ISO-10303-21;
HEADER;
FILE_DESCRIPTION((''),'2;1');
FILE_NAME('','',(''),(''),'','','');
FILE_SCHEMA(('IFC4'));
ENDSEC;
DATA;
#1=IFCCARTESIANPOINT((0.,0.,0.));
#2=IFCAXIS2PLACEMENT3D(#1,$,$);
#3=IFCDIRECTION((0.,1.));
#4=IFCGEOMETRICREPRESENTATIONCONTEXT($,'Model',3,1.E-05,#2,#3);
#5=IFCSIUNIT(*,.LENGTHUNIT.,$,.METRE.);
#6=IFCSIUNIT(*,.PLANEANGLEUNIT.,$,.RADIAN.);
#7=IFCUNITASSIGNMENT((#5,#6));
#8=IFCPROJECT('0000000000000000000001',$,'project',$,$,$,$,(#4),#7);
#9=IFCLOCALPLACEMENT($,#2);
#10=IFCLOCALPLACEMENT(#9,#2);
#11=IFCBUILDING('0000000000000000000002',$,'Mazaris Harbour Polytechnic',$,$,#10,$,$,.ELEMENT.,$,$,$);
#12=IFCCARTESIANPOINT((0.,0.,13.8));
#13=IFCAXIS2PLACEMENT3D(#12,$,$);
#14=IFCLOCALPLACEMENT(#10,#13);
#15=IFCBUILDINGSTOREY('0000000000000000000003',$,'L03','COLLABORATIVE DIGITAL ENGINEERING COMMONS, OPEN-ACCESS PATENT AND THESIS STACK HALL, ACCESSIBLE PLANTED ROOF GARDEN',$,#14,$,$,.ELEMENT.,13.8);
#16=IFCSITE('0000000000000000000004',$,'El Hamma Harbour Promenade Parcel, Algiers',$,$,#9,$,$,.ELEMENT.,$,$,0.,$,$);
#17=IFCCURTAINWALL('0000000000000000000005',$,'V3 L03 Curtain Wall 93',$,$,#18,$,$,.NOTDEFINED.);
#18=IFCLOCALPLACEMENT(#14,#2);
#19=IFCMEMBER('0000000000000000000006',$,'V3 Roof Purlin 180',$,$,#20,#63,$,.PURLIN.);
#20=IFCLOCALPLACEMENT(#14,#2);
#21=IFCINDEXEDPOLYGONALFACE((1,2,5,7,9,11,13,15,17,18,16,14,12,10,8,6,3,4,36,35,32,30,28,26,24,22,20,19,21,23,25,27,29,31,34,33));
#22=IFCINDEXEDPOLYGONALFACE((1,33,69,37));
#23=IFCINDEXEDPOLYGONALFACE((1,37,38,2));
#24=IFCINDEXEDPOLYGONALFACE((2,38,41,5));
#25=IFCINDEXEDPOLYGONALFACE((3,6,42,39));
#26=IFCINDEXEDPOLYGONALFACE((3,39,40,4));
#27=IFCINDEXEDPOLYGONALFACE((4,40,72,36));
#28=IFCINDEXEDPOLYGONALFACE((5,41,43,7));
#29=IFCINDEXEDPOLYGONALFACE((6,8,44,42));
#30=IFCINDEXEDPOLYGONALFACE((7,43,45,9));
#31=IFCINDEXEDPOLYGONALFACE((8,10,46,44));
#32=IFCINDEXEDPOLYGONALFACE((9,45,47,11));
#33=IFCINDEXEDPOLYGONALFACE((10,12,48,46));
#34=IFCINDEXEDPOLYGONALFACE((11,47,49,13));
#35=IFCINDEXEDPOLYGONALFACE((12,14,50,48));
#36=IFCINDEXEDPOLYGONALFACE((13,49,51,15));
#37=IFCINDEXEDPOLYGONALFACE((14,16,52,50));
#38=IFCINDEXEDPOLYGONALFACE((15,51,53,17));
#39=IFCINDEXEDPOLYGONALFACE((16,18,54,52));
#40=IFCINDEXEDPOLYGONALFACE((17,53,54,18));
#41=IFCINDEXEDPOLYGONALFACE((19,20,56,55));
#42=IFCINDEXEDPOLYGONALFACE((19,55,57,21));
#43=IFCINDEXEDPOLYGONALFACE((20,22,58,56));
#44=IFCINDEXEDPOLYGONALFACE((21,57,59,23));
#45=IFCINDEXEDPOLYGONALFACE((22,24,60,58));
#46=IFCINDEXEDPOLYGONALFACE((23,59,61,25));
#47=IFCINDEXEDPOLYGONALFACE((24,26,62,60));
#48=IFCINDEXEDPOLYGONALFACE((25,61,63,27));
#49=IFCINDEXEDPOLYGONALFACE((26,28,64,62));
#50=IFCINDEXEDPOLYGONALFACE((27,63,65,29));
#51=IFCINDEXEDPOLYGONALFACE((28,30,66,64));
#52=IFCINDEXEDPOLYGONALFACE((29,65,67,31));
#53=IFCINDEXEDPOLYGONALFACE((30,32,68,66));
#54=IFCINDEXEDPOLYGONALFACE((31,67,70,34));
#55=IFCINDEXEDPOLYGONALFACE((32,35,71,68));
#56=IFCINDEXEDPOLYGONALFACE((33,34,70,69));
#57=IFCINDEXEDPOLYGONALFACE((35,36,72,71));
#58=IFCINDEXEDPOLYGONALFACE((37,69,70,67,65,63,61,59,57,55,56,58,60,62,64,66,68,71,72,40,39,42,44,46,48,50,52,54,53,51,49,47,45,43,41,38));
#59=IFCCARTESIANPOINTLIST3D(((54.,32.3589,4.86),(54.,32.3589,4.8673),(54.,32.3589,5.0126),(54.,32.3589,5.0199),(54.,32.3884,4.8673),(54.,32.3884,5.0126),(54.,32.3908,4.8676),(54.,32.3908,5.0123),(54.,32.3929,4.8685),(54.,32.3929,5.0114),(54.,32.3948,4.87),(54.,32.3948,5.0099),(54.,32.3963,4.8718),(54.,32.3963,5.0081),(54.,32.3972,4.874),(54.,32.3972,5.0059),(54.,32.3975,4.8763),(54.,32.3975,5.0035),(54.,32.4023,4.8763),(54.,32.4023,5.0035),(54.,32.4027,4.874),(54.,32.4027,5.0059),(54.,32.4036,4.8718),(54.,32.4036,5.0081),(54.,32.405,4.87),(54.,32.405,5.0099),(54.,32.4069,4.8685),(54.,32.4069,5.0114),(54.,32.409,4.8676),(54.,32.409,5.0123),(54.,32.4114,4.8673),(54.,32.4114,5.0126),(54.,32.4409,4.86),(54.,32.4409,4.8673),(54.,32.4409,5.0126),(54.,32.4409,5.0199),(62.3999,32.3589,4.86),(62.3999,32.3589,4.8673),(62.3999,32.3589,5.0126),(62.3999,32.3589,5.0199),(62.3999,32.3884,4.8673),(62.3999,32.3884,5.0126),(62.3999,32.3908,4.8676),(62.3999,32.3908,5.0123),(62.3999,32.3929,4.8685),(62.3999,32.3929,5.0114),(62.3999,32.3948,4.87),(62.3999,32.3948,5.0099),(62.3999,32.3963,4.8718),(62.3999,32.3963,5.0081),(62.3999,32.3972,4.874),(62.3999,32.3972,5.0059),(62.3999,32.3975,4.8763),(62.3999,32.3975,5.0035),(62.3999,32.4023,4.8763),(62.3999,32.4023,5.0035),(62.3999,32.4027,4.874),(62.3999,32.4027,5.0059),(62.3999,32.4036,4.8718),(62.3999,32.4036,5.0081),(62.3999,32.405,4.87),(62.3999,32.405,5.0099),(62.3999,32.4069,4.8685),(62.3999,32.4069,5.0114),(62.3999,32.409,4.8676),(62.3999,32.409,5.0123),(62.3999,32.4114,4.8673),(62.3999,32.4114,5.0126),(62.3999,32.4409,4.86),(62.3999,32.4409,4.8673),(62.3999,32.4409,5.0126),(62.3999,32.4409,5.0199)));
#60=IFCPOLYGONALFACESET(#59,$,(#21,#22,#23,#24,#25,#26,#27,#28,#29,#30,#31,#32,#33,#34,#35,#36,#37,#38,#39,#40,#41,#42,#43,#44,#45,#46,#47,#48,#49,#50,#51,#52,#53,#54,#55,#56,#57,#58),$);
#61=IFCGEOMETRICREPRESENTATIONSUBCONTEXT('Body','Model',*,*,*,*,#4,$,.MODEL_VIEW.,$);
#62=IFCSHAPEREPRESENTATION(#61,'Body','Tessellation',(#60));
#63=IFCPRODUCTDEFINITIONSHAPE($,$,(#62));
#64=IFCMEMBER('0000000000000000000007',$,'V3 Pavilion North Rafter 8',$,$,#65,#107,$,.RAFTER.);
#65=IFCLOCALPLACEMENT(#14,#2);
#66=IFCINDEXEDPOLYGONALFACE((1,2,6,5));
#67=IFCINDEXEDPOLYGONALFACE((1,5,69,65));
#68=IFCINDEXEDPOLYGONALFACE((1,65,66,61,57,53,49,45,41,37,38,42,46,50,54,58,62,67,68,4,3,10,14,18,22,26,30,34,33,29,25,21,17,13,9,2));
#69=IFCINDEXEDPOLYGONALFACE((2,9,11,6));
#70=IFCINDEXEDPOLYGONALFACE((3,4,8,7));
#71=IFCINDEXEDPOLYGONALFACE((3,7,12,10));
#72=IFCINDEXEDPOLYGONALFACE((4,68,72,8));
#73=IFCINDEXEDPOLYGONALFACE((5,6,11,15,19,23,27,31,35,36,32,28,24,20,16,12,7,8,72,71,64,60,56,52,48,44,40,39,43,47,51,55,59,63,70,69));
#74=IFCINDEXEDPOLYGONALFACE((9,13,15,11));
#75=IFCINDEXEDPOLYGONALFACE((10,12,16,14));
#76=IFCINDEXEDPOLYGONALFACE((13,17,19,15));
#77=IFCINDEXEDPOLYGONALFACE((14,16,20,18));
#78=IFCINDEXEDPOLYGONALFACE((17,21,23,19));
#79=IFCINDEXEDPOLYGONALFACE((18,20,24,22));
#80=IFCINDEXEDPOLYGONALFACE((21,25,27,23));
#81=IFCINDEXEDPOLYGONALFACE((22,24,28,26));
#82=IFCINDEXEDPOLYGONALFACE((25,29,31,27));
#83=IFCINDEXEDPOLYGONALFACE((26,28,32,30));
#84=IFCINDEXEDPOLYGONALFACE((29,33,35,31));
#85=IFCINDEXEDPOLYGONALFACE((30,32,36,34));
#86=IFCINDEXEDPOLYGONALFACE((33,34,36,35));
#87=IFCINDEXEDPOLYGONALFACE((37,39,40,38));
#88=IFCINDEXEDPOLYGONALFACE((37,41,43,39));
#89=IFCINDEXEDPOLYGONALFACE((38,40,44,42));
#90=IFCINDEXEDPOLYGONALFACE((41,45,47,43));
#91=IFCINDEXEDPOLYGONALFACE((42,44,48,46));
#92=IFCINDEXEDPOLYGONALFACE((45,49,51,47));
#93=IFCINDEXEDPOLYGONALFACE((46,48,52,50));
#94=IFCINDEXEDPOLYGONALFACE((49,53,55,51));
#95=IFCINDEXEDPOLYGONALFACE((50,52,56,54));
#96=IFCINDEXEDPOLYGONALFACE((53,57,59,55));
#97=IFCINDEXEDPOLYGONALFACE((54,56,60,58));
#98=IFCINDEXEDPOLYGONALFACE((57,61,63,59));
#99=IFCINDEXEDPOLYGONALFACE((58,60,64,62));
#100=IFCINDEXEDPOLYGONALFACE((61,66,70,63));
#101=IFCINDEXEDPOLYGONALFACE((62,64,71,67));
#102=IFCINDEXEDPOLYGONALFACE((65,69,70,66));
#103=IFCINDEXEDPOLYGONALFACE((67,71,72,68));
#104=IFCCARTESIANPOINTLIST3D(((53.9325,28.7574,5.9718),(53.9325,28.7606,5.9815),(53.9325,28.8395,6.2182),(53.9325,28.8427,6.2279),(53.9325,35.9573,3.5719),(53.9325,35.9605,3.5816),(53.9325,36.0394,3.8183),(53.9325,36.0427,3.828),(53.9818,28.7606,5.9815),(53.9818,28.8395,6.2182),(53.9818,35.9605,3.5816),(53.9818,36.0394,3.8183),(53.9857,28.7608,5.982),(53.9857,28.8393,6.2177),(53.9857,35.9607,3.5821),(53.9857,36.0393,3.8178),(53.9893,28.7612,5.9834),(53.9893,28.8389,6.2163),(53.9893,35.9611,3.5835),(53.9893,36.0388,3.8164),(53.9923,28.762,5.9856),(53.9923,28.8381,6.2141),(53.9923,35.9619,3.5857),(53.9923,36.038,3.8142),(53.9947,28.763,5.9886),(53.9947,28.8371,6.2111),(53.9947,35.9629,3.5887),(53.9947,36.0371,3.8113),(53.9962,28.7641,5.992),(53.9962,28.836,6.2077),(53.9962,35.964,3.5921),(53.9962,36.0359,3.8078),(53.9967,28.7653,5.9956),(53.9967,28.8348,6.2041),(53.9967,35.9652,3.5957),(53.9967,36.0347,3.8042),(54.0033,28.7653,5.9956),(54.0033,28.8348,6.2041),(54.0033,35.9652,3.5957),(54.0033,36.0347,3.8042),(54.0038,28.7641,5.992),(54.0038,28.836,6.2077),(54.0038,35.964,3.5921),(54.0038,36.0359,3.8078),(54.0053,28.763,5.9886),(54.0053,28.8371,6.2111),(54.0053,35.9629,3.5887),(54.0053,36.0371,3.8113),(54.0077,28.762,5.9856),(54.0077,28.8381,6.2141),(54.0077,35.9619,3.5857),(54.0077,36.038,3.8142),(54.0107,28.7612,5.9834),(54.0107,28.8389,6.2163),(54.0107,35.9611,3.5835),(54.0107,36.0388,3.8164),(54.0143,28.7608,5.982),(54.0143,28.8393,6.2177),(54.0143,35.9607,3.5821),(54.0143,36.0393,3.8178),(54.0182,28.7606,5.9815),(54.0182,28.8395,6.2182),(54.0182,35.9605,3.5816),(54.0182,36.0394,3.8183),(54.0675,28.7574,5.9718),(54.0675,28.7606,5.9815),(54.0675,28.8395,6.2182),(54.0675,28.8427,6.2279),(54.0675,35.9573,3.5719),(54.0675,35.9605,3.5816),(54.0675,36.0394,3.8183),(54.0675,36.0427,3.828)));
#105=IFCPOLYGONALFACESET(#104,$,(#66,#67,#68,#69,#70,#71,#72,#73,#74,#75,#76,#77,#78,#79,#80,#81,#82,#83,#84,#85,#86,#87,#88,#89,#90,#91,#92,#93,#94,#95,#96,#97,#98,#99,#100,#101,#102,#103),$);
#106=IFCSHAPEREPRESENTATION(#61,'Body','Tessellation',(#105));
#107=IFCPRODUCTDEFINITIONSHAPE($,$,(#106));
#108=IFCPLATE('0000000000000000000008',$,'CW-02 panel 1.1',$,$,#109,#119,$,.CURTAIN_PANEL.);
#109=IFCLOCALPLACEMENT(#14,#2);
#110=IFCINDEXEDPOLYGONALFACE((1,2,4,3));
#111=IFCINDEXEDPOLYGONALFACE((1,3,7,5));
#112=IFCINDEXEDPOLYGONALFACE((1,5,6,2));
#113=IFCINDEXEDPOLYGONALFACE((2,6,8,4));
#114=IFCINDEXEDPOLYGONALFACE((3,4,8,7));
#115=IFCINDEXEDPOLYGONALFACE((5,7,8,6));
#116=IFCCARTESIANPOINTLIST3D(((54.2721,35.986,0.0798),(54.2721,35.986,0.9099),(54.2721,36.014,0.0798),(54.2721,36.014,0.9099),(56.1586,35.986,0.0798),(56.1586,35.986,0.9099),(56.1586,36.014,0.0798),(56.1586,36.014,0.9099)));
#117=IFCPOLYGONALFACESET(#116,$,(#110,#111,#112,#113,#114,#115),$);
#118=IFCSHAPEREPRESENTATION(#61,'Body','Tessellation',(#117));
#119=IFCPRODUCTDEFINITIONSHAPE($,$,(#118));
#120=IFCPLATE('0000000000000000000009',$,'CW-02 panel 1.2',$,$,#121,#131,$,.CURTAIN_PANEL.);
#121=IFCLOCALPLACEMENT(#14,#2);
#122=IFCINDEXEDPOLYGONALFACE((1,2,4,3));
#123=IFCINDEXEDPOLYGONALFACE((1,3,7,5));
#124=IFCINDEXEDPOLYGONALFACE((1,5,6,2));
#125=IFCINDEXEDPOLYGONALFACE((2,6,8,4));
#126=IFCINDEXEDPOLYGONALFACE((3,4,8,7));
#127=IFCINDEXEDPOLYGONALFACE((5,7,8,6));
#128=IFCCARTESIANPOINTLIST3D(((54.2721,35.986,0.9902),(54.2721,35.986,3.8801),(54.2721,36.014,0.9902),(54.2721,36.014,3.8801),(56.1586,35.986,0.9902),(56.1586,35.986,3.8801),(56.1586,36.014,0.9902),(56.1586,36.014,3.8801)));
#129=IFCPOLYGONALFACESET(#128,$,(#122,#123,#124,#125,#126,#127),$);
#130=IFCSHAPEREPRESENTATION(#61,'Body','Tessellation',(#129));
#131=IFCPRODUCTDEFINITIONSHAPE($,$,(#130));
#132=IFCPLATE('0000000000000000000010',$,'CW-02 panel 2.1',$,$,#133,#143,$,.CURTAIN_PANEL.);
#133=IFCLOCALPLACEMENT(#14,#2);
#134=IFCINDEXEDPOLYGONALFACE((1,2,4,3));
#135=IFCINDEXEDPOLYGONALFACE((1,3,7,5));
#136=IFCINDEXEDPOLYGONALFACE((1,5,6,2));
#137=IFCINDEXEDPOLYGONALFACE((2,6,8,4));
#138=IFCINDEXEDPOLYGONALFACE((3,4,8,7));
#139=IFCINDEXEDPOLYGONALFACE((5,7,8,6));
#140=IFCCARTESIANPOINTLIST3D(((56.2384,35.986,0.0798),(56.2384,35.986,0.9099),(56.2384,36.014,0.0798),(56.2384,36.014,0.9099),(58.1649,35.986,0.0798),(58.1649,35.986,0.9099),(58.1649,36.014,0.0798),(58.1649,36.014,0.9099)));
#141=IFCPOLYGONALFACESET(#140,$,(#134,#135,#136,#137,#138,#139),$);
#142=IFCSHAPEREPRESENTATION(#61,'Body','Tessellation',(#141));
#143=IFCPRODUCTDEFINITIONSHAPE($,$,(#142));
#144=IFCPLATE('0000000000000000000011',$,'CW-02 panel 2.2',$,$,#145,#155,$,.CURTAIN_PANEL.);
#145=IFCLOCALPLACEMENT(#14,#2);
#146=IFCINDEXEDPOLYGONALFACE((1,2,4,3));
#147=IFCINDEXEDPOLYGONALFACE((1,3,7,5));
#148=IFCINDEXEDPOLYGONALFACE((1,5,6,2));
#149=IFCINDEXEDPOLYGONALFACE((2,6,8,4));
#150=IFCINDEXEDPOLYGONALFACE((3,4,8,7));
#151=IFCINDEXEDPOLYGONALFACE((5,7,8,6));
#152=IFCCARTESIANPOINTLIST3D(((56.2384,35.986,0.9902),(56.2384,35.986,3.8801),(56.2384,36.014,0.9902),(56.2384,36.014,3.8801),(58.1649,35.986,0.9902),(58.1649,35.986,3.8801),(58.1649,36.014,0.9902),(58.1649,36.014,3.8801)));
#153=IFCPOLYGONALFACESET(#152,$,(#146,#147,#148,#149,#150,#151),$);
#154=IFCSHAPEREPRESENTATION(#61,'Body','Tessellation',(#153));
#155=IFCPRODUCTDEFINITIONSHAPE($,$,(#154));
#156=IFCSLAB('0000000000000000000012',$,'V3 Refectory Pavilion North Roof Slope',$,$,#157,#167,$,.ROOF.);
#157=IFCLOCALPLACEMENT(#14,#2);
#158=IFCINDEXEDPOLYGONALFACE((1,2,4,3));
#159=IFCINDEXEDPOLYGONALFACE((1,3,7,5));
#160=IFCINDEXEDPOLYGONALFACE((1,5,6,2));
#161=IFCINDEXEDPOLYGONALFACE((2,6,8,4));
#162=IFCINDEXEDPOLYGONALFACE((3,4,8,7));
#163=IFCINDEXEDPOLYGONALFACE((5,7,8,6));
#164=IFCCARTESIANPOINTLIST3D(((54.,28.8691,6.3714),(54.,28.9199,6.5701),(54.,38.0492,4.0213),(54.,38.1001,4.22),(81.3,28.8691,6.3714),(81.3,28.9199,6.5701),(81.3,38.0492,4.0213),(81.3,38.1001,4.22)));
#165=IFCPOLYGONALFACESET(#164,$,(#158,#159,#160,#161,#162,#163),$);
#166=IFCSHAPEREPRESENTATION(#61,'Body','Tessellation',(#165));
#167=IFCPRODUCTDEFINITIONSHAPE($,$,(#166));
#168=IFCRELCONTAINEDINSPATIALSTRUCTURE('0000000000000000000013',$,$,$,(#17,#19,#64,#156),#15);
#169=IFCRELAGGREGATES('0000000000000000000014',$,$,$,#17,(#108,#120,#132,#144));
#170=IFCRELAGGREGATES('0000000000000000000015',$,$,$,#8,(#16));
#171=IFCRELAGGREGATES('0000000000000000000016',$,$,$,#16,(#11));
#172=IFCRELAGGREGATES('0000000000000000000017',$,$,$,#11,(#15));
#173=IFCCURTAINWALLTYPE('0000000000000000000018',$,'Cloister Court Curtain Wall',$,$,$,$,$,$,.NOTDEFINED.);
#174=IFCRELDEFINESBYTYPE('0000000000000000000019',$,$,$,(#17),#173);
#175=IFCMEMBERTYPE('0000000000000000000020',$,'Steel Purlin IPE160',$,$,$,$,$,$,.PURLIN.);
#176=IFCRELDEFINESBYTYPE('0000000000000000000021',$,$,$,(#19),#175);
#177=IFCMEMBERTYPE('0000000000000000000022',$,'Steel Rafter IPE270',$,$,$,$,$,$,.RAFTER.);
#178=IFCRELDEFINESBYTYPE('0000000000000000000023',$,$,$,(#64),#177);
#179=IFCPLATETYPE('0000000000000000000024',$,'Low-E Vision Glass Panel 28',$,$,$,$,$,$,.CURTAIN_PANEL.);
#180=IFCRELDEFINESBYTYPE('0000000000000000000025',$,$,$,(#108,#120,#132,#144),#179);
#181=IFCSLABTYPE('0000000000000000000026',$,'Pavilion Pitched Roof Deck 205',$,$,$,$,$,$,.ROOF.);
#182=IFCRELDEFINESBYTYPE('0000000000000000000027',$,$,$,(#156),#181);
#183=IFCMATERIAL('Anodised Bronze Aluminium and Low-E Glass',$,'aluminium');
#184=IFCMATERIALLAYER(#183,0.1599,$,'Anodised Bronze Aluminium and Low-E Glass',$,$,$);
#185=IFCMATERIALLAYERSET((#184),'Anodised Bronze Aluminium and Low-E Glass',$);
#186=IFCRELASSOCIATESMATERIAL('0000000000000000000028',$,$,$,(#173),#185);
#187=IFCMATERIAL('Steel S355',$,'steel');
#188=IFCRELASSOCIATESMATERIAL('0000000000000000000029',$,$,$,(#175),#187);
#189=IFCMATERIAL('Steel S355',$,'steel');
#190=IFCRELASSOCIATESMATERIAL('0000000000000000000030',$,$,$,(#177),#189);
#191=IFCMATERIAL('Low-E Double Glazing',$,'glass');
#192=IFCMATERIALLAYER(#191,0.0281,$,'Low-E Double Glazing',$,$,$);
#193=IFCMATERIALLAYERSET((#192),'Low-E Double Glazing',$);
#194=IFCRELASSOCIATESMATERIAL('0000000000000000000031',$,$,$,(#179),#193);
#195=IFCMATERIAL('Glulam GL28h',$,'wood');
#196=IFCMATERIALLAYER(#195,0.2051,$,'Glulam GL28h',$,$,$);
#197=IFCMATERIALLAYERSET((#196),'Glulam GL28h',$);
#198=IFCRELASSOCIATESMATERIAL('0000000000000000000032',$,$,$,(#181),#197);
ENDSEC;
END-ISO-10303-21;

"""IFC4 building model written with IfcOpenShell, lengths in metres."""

from ifc_helpers import new_model, si_unit, direction, frame, origin, origin_2d, place, context, subcontext, project, spatial, polyline, rectangle, i_section, outline, extrude, material, layer, layer_set, material_profile, profile_set, type_object, element, aggregate, save


model = new_model("IFC4")

# Units and contexts
model_context = context("Model", 3, precision=1e-05, world=origin(), true_north=direction((0.0, 1.0)))
body_context = subcontext(model_context, "Body", "Model", "MODEL_VIEW")
ifc_project = project(units=[si_unit("LENGTHUNIT", "METRE"), si_unit("PLANEANGLEUNIT", "RADIAN")], contexts=[model_context])

# Site, building, storey
site_placement = place(None, origin())
site = spatial("IfcSite", under=ifc_project, at=site_placement, Name="El Hamma Harbour Promenade Parcel, Algiers", CompositionType="ELEMENT", RefElevation=0.0)
building_placement = place(site_placement, origin())
building = spatial("IfcBuilding", under=site, at=building_placement, Name="Mazaris Harbour Polytechnic", CompositionType="ELEMENT")
storey_placement = place(building_placement, frame((0.0, 0.0, 13.8)))
storey = spatial("IfcBuildingStorey", under=building, at=storey_placement, Name="L03", Description="COLLABORATIVE DIGITAL ENGINEERING COMMONS, OPEN-ACCESS PATENT AND THESIS STACK HALL, ACCESSIBLE PLANTED ROOF GARDEN", CompositionType="ELEMENT", Elevation=13.8)

# Curtain wall
ifc_material_1 = material(Name="Anodised Bronze Aluminium and Low-E Glass", Category="aluminium")
ifc_layer_1 = layer(ifc_material_1, 0.1599, Name="Anodised Bronze Aluminium and Low-E Glass")
ifc_layer_set_1 = layer_set([ifc_layer_1], Name="Anodised Bronze Aluminium and Low-E Glass")
curtain_wall_type = type_object("IfcCurtainWallType", Name="Cloister Court Curtain Wall", PredefinedType="NOTDEFINED", material=ifc_layer_set_1)
curtain_wall_placement = place(storey_placement, origin())
curtain_wall = element("IfcCurtainWall", 1, at=curtain_wall_placement, inside=storey, type_object=curtain_wall_type, Name="V3 L03 Curtain Wall 93", PredefinedType="NOTDEFINED")

# Members
ifc_material_2 = material(Name="Steel S355", Category="steel")
ifc_material_profile_1 = material_profile(ifc_material_2, i_section(OverallWidth=0.082, OverallDepth=0.1599, WebThickness=0.0049, FlangeThickness=0.0073, FilletRadius=0.009, at=origin_2d()), Name="IPE 160")
ifc_profile_set_1 = profile_set([ifc_material_profile_1], Name="Steel S355")
member_type_1 = type_object("IfcMemberType", Name="Steel Purlin IPE160", PredefinedType="PURLIN", material=ifc_profile_set_1)
for number, where, z_axis, x_axis, name in (
    (2, (54.0, 32.3999, 4.9399), (1.0, 0.0, 0.0), (0.0, 1.0, 0.0), "V3 Roof Purlin 180"),
):
    element("IfcMember", number, at=place(storey_placement, frame(where, z_axis=z_axis, x_axis=x_axis)), inside=storey, type_object=member_type_1, Name=name, PredefinedType="PURLIN", context=body_context, shape_type="SweptSolid", body=[
        extrude(i_section(OverallWidth=0.082, OverallDepth=0.1599, WebThickness=0.0049, FlangeThickness=0.0073, FilletRadius=0.009, at=origin_2d()), origin(), (0.0, 0.0, 1.0), 8.3999),
    ])
ifc_material_3 = material(Name="Steel S355", Category="steel")
ifc_material_profile_2 = material_profile(ifc_material_3, i_section(OverallWidth=0.135, OverallDepth=0.27, WebThickness=0.0066, FlangeThickness=0.0103, FilletRadius=0.0149, at=origin_2d()), Name="IPE 270")
ifc_profile_set_2 = profile_set([ifc_material_profile_2], Name="Steel S355")
member_type_2 = type_object("IfcMemberType", Name="Steel Rafter IPE270", PredefinedType="RAFTER", material=ifc_profile_set_2)
member_1_placement = place(storey_placement, frame((54.0, 28.8, 6.0999), z_axis=(0.0, 0.948687, -0.316218), x_axis=(-1.0, 0.0, 0.0)))
element("IfcMember", 3, at=member_1_placement, inside=storey, type_object=member_type_2, Name="V3 Pavilion North Rafter 8", PredefinedType="RAFTER", context=body_context, shape_type="SweptSolid", body=[
    extrude(i_section(OverallWidth=0.135, OverallDepth=0.27, WebThickness=0.0066, FlangeThickness=0.0103, FilletRadius=0.0149, at=origin_2d()), origin(), (0.0, 0.0, 1.0), 7.5894),
])

# Plates
ifc_material_4 = material(Name="Low-E Double Glazing", Category="glass")
ifc_layer_2 = layer(ifc_material_4, 0.0281, Name="Low-E Double Glazing")
ifc_layer_set_2 = layer_set([ifc_layer_2], Name="Low-E Double Glazing")
plate_type = type_object("IfcPlateType", Name="Low-E Vision Glass Panel 28", PredefinedType="CURTAIN_PANEL", material=ifc_layer_set_2)
plate_1_placement = place(storey_placement, frame((55.2153, 36.0, 0.0798), z_axis=(0.0, 0.0, 1.0), x_axis=(1.0, 0.0, 0.0)))
plate_1 = element("IfcPlate", 4, at=plate_1_placement, type_object=plate_type, Name="CW-02 panel 1.1", PredefinedType="CURTAIN_PANEL", context=body_context, shape_type="SweptSolid", body=[
    extrude(rectangle(XDim=1.8865, YDim=0.0281, at=origin_2d()), origin(), (0.0, 0.0, 1.0), 0.8301),
])
plate_2_placement = place(storey_placement, frame((55.2153, 36.0, 0.9902), z_axis=(0.0, 0.0, 1.0), x_axis=(1.0, 0.0, 0.0)))
plate_2 = element("IfcPlate", 5, at=plate_2_placement, type_object=plate_type, Name="CW-02 panel 1.2", PredefinedType="CURTAIN_PANEL", context=body_context, shape_type="SweptSolid", body=[
    extrude(rectangle(XDim=1.8865, YDim=0.0281, at=origin_2d()), origin(), (0.0, 0.0, 1.0), 2.8899),
])
plate_3_placement = place(storey_placement, frame((57.2017, 36.0, 0.0798), z_axis=(0.0, 0.0, 1.0), x_axis=(1.0, 0.0, 0.0)))
plate_3 = element("IfcPlate", 6, at=plate_3_placement, type_object=plate_type, Name="CW-02 panel 2.1", PredefinedType="CURTAIN_PANEL", context=body_context, shape_type="SweptSolid", body=[
    extrude(rectangle(XDim=1.9265, YDim=0.0281, at=origin_2d()), origin(), (0.0, 0.0, 1.0), 0.8301),
])
plate_4_placement = place(storey_placement, frame((57.2017, 36.0, 0.9902), z_axis=(0.0, 0.0, 1.0), x_axis=(1.0, 0.0, 0.0)))
plate_4 = element("IfcPlate", 7, at=plate_4_placement, type_object=plate_type, Name="CW-02 panel 2.2", PredefinedType="CURTAIN_PANEL", context=body_context, shape_type="SweptSolid", body=[
    extrude(rectangle(XDim=1.9265, YDim=0.0281, at=origin_2d()), origin(), (0.0, 0.0, 1.0), 2.8899),
])
aggregate(curtain_wall, [plate_1, plate_2, plate_3, plate_4])

# Slab
ifc_material_5 = material(Name="Glulam GL28h", Category="wood")
ifc_layer_3 = layer(ifc_material_5, 0.2051, Name="Glulam GL28h")
ifc_layer_set_3 = layer_set([ifc_layer_3], Name="Glulam GL28h")
slab_type = type_object("IfcSlabType", Name="Pavilion Pitched Roof Deck 205", PredefinedType="ROOF", material=ifc_layer_set_3)
slab_placement = place(storey_placement, frame((54.0, 28.9199, 6.5701), z_axis=(0.0, 0.248, 0.96876), x_axis=(1.0, 0.0, 0.0)))
element("IfcSlab", 8, at=slab_placement, inside=storey, type_object=slab_type, Name="V3 Refectory Pavilion North Roof Slope", PredefinedType="ROOF", context=body_context, shape_type="SweptSolid", body=[
    extrude(outline(polyline([(0.0, 0.0), (27.3, 0.0), (27.3, 9.4762), (0.0, 9.4762), (0.0, 0.0)])), origin(), (0.0, 0.0, -1.0), 0.2051),
])

save(model, "model.ifc")
